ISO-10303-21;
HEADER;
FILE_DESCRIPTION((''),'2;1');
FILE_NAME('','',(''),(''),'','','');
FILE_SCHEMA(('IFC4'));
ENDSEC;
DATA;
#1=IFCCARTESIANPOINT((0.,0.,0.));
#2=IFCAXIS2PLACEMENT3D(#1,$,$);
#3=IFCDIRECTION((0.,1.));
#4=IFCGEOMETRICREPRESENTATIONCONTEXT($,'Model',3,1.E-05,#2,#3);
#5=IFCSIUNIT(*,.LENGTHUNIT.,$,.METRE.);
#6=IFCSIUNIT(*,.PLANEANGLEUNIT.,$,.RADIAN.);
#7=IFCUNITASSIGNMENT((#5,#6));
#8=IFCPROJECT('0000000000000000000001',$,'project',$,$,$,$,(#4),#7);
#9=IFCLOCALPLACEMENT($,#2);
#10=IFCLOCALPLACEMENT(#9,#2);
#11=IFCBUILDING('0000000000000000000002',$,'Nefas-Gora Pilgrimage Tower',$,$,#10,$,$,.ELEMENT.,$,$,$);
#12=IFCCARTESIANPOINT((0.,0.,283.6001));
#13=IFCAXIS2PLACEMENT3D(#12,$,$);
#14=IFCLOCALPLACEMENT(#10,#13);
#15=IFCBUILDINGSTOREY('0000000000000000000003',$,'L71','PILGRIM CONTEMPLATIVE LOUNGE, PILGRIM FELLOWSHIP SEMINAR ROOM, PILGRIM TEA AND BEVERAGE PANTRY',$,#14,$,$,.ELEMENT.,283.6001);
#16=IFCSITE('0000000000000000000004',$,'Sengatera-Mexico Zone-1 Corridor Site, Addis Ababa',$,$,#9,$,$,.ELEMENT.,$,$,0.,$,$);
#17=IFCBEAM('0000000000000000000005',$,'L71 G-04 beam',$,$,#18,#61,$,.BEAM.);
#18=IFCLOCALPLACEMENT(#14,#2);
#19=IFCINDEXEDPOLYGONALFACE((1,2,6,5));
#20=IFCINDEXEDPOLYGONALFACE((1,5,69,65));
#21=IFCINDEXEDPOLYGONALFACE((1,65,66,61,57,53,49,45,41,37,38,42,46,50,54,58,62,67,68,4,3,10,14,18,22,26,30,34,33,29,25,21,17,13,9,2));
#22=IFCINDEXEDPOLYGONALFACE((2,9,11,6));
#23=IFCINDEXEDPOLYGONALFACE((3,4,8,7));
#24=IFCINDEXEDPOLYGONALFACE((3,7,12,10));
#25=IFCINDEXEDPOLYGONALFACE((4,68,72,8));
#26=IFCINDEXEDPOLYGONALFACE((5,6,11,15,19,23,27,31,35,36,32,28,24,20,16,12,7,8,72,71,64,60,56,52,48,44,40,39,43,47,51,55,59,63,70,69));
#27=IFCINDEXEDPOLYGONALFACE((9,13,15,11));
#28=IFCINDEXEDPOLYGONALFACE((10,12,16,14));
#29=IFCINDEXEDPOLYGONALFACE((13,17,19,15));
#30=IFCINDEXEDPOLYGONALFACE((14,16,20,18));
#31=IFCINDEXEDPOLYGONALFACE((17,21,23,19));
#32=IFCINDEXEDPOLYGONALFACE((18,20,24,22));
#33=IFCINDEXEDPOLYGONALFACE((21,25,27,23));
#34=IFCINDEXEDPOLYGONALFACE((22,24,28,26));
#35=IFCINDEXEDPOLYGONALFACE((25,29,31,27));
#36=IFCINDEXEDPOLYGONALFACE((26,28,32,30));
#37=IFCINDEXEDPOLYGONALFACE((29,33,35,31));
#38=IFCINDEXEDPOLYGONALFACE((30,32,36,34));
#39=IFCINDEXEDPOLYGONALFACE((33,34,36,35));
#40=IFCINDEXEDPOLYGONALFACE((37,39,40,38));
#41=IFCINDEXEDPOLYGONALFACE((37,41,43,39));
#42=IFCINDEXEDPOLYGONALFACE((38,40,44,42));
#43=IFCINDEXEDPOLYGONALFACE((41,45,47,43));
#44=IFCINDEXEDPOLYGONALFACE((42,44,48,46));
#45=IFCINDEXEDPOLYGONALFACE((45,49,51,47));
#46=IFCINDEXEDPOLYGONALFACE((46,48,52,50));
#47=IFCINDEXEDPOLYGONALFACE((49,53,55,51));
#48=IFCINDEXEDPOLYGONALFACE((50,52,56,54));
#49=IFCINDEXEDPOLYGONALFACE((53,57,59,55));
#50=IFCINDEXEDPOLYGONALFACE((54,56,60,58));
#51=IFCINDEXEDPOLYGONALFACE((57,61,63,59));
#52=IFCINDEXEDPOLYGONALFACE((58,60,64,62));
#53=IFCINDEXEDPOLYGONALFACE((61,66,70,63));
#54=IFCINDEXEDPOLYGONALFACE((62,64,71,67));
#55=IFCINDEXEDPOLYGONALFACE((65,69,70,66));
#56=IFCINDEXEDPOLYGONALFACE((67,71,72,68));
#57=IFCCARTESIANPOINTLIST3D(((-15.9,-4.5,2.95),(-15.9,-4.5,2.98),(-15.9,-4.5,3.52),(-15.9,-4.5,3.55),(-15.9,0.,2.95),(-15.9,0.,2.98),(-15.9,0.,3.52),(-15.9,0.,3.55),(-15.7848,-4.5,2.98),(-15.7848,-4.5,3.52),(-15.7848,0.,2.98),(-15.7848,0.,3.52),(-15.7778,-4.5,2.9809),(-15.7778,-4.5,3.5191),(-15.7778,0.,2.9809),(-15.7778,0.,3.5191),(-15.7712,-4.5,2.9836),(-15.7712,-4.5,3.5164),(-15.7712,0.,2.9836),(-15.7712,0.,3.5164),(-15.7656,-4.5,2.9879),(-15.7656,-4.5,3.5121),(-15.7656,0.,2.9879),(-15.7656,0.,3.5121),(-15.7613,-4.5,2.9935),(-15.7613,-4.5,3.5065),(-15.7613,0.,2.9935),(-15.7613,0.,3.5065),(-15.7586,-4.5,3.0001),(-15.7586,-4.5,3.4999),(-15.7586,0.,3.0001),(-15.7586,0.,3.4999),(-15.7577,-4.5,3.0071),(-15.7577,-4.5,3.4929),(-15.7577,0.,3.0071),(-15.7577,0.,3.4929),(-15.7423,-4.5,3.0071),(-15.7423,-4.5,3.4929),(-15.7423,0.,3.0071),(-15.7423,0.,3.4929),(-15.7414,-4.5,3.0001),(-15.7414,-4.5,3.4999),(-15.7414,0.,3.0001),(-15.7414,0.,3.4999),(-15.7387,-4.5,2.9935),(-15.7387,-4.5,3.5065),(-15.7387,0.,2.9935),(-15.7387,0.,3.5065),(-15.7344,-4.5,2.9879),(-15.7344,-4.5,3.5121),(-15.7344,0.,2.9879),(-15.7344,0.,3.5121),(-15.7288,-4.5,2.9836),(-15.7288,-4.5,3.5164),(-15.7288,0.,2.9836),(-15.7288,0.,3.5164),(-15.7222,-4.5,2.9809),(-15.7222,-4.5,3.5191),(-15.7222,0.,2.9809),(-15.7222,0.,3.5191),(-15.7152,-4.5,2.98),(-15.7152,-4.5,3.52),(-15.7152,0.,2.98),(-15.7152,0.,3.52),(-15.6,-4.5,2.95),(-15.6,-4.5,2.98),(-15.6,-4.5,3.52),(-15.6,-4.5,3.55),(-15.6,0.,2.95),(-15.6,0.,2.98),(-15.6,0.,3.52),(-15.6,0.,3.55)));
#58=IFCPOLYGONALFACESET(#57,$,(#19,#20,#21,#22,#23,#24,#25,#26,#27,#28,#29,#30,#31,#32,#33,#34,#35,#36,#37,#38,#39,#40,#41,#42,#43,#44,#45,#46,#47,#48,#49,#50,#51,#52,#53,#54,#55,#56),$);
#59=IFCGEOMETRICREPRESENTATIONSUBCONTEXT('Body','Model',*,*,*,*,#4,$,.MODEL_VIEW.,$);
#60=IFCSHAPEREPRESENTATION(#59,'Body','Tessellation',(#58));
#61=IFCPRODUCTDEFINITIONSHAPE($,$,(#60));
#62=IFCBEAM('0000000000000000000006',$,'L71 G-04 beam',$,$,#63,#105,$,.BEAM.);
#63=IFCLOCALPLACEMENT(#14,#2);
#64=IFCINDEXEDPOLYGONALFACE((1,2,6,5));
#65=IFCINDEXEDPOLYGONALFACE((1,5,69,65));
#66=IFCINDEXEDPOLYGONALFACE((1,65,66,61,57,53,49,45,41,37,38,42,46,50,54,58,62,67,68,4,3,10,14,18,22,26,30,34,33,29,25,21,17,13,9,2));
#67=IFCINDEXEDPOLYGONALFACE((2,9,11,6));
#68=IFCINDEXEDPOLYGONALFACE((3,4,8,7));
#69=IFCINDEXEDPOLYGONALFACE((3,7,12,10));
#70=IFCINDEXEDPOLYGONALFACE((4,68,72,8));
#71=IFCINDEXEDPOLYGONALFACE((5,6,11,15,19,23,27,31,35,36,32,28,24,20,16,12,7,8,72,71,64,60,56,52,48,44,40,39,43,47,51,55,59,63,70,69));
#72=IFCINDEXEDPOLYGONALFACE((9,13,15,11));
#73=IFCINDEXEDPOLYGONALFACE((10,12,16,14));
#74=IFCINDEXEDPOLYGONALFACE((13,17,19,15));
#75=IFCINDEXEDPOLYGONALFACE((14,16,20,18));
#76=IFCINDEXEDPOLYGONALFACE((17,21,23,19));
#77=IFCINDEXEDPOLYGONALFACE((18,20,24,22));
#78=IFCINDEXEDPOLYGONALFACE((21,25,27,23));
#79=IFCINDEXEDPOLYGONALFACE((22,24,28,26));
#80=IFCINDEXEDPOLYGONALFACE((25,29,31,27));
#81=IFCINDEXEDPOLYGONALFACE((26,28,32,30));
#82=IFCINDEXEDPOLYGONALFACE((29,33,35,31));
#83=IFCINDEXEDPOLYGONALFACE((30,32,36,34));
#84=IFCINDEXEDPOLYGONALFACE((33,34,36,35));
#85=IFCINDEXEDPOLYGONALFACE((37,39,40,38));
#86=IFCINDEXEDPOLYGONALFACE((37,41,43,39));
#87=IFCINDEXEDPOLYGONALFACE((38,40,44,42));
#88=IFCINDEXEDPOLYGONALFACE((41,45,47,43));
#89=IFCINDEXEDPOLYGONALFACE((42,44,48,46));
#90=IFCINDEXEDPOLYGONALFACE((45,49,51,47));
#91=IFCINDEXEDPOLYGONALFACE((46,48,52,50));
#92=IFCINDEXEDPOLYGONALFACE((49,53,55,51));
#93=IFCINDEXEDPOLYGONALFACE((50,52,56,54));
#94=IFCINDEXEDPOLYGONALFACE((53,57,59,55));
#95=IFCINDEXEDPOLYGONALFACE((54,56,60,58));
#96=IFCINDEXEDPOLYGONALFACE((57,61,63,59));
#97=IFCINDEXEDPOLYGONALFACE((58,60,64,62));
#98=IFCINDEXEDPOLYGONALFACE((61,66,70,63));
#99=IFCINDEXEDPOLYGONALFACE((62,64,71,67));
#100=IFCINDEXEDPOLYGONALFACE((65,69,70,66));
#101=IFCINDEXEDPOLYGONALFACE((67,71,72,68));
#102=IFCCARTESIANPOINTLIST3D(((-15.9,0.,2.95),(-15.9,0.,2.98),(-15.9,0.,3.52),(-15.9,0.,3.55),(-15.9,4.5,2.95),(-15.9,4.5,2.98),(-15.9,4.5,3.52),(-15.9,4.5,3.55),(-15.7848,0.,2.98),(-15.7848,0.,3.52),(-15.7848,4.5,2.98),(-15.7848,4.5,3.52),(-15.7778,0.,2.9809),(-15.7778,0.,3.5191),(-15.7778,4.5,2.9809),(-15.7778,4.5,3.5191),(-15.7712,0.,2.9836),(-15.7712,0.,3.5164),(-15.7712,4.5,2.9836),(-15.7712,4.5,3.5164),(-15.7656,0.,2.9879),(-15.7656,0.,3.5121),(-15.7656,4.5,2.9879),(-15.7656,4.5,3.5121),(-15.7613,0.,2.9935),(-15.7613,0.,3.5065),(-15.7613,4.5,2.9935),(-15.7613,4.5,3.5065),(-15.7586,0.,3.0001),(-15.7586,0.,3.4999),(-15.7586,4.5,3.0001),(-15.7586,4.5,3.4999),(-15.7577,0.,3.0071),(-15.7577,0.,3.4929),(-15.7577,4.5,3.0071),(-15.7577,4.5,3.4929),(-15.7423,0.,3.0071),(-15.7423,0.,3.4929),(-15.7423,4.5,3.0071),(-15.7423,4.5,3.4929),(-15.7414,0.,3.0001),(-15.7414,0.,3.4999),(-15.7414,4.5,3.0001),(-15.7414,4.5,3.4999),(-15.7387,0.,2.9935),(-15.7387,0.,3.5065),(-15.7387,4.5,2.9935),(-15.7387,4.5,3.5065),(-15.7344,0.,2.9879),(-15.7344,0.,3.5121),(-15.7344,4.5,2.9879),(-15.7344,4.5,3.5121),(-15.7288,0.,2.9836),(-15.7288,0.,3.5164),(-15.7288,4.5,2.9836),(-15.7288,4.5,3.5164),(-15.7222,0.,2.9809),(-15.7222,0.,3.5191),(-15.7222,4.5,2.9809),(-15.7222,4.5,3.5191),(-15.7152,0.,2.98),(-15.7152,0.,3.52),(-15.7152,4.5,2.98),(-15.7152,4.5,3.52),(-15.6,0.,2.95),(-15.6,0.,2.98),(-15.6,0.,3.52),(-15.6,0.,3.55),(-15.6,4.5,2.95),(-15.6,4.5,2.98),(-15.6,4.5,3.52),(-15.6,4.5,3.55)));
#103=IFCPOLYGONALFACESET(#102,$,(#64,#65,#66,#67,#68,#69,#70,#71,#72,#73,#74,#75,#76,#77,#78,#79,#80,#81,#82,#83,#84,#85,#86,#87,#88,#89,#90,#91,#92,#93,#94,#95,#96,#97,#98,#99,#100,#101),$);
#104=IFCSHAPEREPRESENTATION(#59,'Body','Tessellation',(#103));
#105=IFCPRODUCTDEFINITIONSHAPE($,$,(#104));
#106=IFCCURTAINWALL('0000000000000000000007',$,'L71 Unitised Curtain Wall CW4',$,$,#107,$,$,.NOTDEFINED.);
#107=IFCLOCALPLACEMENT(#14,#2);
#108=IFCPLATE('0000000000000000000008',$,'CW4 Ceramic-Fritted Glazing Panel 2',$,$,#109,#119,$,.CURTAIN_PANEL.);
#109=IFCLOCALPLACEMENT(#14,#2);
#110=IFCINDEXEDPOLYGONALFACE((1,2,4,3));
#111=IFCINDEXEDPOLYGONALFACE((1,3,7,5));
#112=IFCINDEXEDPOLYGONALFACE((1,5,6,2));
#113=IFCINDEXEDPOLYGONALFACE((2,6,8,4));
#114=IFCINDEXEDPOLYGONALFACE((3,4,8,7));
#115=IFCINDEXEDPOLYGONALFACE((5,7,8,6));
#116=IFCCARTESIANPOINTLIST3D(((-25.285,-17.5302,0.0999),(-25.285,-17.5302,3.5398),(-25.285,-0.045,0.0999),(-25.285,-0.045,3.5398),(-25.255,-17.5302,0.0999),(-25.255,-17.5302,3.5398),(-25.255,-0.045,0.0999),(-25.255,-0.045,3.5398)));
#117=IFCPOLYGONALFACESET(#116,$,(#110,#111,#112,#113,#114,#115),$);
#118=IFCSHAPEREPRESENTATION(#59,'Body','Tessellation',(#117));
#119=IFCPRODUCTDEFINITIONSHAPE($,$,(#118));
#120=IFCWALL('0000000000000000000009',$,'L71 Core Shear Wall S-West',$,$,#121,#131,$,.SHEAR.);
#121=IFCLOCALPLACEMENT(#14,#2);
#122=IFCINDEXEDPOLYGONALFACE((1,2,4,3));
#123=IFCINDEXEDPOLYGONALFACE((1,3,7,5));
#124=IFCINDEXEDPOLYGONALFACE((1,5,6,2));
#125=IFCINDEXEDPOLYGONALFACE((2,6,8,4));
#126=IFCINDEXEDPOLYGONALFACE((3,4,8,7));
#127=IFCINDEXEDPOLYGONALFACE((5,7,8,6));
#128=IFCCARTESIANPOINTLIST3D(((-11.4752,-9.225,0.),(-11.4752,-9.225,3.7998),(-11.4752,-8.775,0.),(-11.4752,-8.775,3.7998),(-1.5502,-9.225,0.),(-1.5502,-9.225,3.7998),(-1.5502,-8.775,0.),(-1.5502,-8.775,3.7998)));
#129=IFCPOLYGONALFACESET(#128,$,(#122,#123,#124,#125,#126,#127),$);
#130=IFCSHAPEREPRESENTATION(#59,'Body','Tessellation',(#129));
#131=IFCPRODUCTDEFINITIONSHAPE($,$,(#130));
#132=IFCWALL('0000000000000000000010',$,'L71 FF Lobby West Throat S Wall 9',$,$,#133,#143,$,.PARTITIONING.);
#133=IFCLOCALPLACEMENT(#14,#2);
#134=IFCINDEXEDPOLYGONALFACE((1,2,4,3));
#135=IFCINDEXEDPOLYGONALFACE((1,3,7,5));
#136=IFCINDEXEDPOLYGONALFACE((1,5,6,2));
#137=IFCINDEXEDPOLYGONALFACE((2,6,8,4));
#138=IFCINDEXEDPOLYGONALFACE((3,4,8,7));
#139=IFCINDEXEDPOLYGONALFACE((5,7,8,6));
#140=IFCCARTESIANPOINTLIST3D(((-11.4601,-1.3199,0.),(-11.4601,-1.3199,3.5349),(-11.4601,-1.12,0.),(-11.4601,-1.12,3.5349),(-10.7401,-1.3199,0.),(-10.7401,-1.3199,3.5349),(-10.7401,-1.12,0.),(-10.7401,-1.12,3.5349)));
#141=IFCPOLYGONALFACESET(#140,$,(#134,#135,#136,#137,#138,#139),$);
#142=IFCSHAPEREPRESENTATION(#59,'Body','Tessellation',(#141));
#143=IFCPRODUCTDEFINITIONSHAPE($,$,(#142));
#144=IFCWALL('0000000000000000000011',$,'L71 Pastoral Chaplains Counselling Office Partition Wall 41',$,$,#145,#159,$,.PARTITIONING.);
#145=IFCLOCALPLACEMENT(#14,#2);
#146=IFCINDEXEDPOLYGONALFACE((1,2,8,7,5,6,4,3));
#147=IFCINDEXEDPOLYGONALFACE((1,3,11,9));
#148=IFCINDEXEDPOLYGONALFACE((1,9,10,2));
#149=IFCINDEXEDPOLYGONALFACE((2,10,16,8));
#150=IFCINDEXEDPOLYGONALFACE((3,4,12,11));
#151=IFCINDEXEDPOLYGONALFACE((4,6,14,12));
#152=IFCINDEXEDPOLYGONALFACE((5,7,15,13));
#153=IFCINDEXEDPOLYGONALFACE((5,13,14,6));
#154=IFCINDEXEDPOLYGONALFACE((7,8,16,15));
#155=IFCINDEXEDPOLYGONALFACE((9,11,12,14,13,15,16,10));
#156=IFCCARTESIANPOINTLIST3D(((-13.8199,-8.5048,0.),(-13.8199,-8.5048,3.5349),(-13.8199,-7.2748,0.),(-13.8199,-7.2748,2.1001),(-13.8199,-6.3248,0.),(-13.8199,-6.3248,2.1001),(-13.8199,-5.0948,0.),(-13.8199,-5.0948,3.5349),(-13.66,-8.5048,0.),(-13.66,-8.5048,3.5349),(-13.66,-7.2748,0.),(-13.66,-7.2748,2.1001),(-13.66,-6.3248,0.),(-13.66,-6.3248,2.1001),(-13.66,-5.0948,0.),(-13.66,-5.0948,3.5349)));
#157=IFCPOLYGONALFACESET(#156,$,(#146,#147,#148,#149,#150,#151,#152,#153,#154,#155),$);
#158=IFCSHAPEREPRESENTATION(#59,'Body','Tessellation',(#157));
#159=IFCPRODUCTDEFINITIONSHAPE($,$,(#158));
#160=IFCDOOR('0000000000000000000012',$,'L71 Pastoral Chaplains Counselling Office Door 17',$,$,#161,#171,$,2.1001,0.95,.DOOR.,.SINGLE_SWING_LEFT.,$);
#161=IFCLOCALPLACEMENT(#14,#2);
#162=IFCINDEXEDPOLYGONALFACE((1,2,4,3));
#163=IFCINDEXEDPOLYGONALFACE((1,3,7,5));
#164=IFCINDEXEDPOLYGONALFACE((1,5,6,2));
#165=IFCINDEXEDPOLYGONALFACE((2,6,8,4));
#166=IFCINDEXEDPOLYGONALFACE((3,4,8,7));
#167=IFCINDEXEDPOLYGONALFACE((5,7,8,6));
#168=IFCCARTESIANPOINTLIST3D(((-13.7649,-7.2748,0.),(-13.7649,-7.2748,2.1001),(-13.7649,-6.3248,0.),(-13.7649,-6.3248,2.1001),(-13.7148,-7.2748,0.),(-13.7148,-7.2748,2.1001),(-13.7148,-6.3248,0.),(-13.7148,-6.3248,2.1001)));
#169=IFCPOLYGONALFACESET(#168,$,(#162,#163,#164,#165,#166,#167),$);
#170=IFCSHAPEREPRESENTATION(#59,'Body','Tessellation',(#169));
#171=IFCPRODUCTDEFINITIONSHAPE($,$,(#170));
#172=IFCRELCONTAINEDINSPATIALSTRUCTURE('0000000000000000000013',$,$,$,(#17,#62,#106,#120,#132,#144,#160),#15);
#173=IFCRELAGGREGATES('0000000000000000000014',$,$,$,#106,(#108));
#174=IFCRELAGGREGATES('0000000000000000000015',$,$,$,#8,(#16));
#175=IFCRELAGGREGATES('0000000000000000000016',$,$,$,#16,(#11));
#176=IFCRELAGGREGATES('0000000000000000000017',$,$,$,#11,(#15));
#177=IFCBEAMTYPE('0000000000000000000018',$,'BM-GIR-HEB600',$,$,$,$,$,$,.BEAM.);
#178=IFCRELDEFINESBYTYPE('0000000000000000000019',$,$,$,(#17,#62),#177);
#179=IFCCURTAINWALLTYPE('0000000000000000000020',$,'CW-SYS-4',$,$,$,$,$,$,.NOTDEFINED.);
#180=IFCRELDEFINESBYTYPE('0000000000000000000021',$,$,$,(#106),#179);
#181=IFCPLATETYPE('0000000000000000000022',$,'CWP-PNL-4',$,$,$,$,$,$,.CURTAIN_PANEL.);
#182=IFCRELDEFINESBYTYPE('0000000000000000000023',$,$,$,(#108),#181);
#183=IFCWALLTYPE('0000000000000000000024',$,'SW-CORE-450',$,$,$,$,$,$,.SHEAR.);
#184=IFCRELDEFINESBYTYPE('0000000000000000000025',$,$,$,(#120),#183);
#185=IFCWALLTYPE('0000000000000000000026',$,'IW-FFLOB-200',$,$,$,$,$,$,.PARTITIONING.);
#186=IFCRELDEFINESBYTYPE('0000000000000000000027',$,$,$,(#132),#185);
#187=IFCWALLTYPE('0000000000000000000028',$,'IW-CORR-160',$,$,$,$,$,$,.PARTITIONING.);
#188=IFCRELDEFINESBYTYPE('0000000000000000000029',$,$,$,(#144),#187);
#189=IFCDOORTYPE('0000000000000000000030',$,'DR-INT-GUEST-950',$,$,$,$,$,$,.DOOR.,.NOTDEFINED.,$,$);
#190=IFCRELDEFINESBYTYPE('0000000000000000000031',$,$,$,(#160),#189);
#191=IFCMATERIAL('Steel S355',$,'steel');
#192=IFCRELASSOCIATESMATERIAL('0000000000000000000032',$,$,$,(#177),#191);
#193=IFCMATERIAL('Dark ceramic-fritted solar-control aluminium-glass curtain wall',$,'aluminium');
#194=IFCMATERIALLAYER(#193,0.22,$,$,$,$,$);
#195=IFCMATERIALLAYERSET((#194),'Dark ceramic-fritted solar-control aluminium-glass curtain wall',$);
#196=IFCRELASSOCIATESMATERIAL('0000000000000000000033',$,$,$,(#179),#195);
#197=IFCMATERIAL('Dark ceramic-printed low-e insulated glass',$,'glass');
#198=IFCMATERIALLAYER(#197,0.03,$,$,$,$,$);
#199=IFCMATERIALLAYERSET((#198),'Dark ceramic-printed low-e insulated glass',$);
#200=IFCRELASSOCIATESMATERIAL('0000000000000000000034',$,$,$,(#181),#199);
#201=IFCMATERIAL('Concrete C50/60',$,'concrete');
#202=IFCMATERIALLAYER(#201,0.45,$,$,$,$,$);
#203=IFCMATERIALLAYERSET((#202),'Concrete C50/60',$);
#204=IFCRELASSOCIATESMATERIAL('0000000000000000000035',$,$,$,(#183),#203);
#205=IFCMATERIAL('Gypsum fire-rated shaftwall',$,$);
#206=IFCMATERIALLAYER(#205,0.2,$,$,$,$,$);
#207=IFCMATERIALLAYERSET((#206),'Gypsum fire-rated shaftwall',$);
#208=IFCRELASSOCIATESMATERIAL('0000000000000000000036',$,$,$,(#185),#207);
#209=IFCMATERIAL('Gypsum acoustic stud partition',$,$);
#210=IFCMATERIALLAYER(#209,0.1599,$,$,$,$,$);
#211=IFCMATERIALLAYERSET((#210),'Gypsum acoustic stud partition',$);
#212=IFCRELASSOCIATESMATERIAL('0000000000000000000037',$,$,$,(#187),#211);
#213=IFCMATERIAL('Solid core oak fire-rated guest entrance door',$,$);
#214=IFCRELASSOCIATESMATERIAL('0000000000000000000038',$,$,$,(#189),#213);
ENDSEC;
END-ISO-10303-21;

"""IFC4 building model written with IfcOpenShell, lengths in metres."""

from ifc_helpers import new_model, si_unit, direction, frame, frame_2d, origin, origin_2d, place, context, subcontext, project, spatial, rectangle, i_section, extrude, source, transform, mapped, material, layer, layer_set, material_profile, profile_set, type_object, element, fill, aggregate, save


model = new_model("IFC4")

# Units and contexts
model_context = context("Model", 3, precision=1e-05, world=origin(), true_north=direction((0.0, 1.0)))
body_context = subcontext(model_context, "Body", "Model", "MODEL_VIEW")
ifc_project = project(units=[si_unit("LENGTHUNIT", "METRE"), si_unit("PLANEANGLEUNIT", "RADIAN")], contexts=[model_context])

# Site, building, storey
site_placement = place(None, origin())
site = spatial("IfcSite", under=ifc_project, at=site_placement, Name="Sengatera-Mexico Zone-1 Corridor Site, Addis Ababa", CompositionType="ELEMENT", RefElevation=0.0)
building_placement = place(site_placement, origin())
building = spatial("IfcBuilding", under=site, at=building_placement, Name="Nefas-Gora Pilgrimage Tower", CompositionType="ELEMENT")
storey_placement = place(building_placement, frame((0.0, 0.0, 283.6001)))
storey = spatial("IfcBuildingStorey", under=building, at=storey_placement, Name="L71", Description="PILGRIM CONTEMPLATIVE LOUNGE, PILGRIM FELLOWSHIP SEMINAR ROOM, PILGRIM TEA AND BEVERAGE PANTRY", CompositionType="ELEMENT", Elevation=283.6001)

# Shared definitions
ifc_material_1 = material(Name="Steel S355", Category="steel")

# Beams
ifc_material_profile_1 = material_profile(ifc_material_1, i_section(OverallWidth=0.3, OverallDepth=0.6001, WebThickness=0.0154, FlangeThickness=0.03, FilletRadius=0.0271, at=origin_2d()), Name="HEB 600")
ifc_profile_set_1 = profile_set([ifc_material_profile_1], Name="Steel S355")
beam_type_1 = type_object("IfcBeamType", Name="BM-GIR-HEB600", PredefinedType="BEAM", material=ifc_profile_set_1)
shared_shape_1 = source(origin(), body_context, "Body", "SweptSolid", [
    extrude(i_section(OverallWidth=0.3, OverallDepth=0.6001, WebThickness=0.0154, FlangeThickness=0.03, FilletRadius=0.0271, at=origin_2d()), origin(), (0.0, 0.0, 1.0), 4.5),
])
for number, where, z_axis, x_axis, name in (
    (1, (-15.75, -4.5, 3.25), (0.0, 1.0, 0.0), (-1.0, 0.0, 0.0), "L71 G-04 beam"),
    (2, (-15.75, 0.0, 3.25), (0.0, 1.0, 0.0), (-1.0, 0.0, 0.0), "L71 G-04 beam"),
):
    element("IfcBeam", number, at=place(storey_placement, frame(where, z_axis=z_axis, x_axis=x_axis)), inside=storey, type_object=beam_type_1, Name=name, PredefinedType="BEAM", context=body_context, shape_type="MappedRepresentation", body=[
        mapped(shared_shape_1, transform((0.0, 0.0, 0.0), x_axis=(1.0, 0.0, 0.0), y_axis=(0.0, 1.0, 0.0), z_axis=(0.0, 0.0, 1.0), scale=1.0)),
    ])

# Curtain wall, plate
ifc_material_2 = material(Name="Dark ceramic-fritted solar-control aluminium-glass curtain wall", Category="aluminium")
ifc_layer_1 = layer(ifc_material_2, 0.22)
ifc_layer_set_1 = layer_set([ifc_layer_1], Name="Dark ceramic-fritted solar-control aluminium-glass curtain wall")
curtain_wall_type = type_object("IfcCurtainWallType", Name="CW-SYS-4", PredefinedType="NOTDEFINED", material=ifc_layer_set_1)
curtain_wall_placement = place(storey_placement, origin())
curtain_wall = element("IfcCurtainWall", 3, at=curtain_wall_placement, inside=storey, type_object=curtain_wall_type, Name="L71 Unitised Curtain Wall CW4", PredefinedType="NOTDEFINED")
ifc_material_3 = material(Name="Dark ceramic-printed low-e insulated glass", Category="glass")
ifc_layer_2 = layer(ifc_material_3, 0.03)
ifc_layer_set_2 = layer_set([ifc_layer_2], Name="Dark ceramic-printed low-e insulated glass")
plate_type = type_object("IfcPlateType", Name="CWP-PNL-4", PredefinedType="CURTAIN_PANEL", material=ifc_layer_set_2)
shared_shape_2 = source(origin(), body_context, "Body", "SweptSolid", [
    extrude(rectangle(XDim=17.4851, YDim=0.03, at=origin_2d()), origin(), (0.0, 0.0, 1.0), 3.4399),
])
plate_placement = place(storey_placement, frame((-25.27, -8.7876, 0.0999), z_axis=(0.0, 0.0, 1.0), x_axis=(0.0, -1.0, 0.0)))
plate = element("IfcPlate", 4, at=plate_placement, type_object=plate_type, Name="CW4 Ceramic-Fritted Glazing Panel 2", PredefinedType="CURTAIN_PANEL", context=body_context, shape_type="MappedRepresentation", body=[
    mapped(shared_shape_2, transform((0.0, 0.0, 0.0), x_axis=(1.0, 0.0, 0.0), y_axis=(0.0, 1.0, 0.0), z_axis=(0.0, 0.0, 1.0), scale=1.0)),
])
aggregate(curtain_wall, [plate])

# Walls
ifc_material_4 = material(Name="Concrete C50/60", Category="concrete")
ifc_layer_3 = layer(ifc_material_4, 0.45)
ifc_layer_set_3 = layer_set([ifc_layer_3], Name="Concrete C50/60")
wall_type_1 = type_object("IfcWallType", Name="SW-CORE-450", PredefinedType="SHEAR", material=ifc_layer_set_3)
shared_shape_3 = source(origin(), body_context, "Body", "SweptSolid", [
    extrude(rectangle(XDim=9.925, YDim=0.45, at=frame_2d((4.9624, 0.0))), origin(), (0.0, 0.0, 1.0), 3.7998),
])
wall_1_placement = place(storey_placement, frame((-11.4751, -9.0, 0.0), z_axis=(0.0, 0.0, 1.0), x_axis=(1.0, 0.0, 0.0)))
element("IfcWall", 5, at=wall_1_placement, inside=storey, type_object=wall_type_1, Name="L71 Core Shear Wall S-West", PredefinedType="SHEAR", context=body_context, shape_type="MappedRepresentation", body=[
    mapped(shared_shape_3, transform((0.0, 0.0, 0.0), x_axis=(1.0, 0.0, 0.0), y_axis=(0.0, 1.0, 0.0), z_axis=(0.0, 0.0, 1.0), scale=1.0)),
])
ifc_material_5 = material(Name="Gypsum fire-rated shaftwall")
ifc_layer_4 = layer(ifc_material_5, 0.2)
ifc_layer_set_4 = layer_set([ifc_layer_4], Name="Gypsum fire-rated shaftwall")
wall_type_2 = type_object("IfcWallType", Name="IW-FFLOB-200", PredefinedType="PARTITIONING", material=ifc_layer_set_4)
shared_shape_4 = source(origin(), body_context, "Body", "SweptSolid", [
    extrude(rectangle(XDim=0.72, YDim=0.2, at=frame_2d((0.3599, 0.0))), origin(), (0.0, 0.0, 1.0), 3.5349),
])
wall_2_placement = place(storey_placement, frame((-11.46, -1.22, 0.0), z_axis=(0.0, 0.0, 1.0), x_axis=(1.0, 0.0, 0.0)))
element("IfcWall", 6, at=wall_2_placement, inside=storey, type_object=wall_type_2, Name="L71 FF Lobby West Throat S Wall 9", PredefinedType="PARTITIONING", context=body_context, shape_type="MappedRepresentation", body=[
    mapped(shared_shape_4, transform((0.0, 0.0, 0.0), x_axis=(1.0, 0.0, 0.0), y_axis=(0.0, 1.0, 0.0), z_axis=(0.0, 0.0, 1.0), scale=1.0)),
])

# Wall, opening, door
ifc_material_6 = material(Name="Gypsum acoustic stud partition")
ifc_layer_5 = layer(ifc_material_6, 0.1599)
ifc_layer_set_5 = layer_set([ifc_layer_5], Name="Gypsum acoustic stud partition")
wall_type_3 = type_object("IfcWallType", Name="IW-CORR-160", PredefinedType="PARTITIONING", material=ifc_layer_set_5)
shared_shape_5 = source(origin(), body_context, "Body", "SweptSolid", [
    extrude(rectangle(XDim=3.4099, YDim=0.1599, at=frame_2d((1.7051, 0.0))), origin(), (0.0, 0.0, 1.0), 3.5349),
])
wall_3_placement = place(storey_placement, frame((-13.74, -8.5049, 0.0), z_axis=(0.0, 0.0, 1.0), x_axis=(0.0, 1.0, 0.0)))
wall_3 = element("IfcWall", 7, at=wall_3_placement, inside=storey, type_object=wall_type_3, Name="L71 Pastoral Chaplains Counselling Office Partition Wall 41", PredefinedType="PARTITIONING", context=body_context, shape_type="MappedRepresentation", body=[
    mapped(shared_shape_5, transform((0.0, 0.0, 0.0), x_axis=(1.0, 0.0, 0.0), y_axis=(0.0, 1.0, 0.0), z_axis=(0.0, 0.0, 1.0), scale=1.0)),
])
opening_1_placement = place(wall_3_placement, frame((1.23, 0.0, 0.0)))
opening_1 = element("IfcOpeningElement", 8, at=opening_1_placement, cuts=wall_3, PredefinedType="OPENING", context=body_context, shape_type="SweptSolid", body=[
    extrude(rectangle(XDim=0.95, YDim=2.1001, at=frame_2d((0.4751, 1.05))), frame((0.0, 0.0898, 0.0), z_axis=(0.0, -1.0, 0.0), x_axis=(1.0, 0.0, 0.0)), (0.0, 0.0, 1.0), 0.1799),
])
ifc_material_7 = material(Name="Solid core oak fire-rated guest entrance door")
door_type_1 = type_object("IfcDoorType", Name="DR-INT-GUEST-950", OperationType="NOTDEFINED", PredefinedType="DOOR", material=ifc_material_7)
shared_shape_6 = source(origin(), body_context, "Body", "SweptSolid", [
    extrude(rectangle(XDim=0.95, YDim=2.1001, at=frame_2d((0.4751, 1.05))), frame((0.0, 0.0249, 0.0), z_axis=(0.0, -1.0, 0.0), x_axis=(1.0, 0.0, 0.0)), (0.0, 0.0, 1.0), 0.05),
])
door_1_placement = place(opening_1_placement, origin())
door_1 = element("IfcDoor", 9, at=door_1_placement, inside=storey, type_object=door_type_1, Name="L71 Pastoral Chaplains Counselling Office Door 17", OperationType="SINGLE_SWING_LEFT", OverallHeight=2.1001, OverallWidth=0.95, PredefinedType="DOOR", context=body_context, shape_type="MappedRepresentation", body=[
    mapped(shared_shape_6, transform((0.0, 0.0, 0.0), x_axis=(1.0, 0.0, 0.0), y_axis=(0.0, 1.0, 0.0), z_axis=(0.0, 0.0, 1.0), scale=1.0)),
])
fill(opening_1, door_1)

save(model, "model.ifc")
